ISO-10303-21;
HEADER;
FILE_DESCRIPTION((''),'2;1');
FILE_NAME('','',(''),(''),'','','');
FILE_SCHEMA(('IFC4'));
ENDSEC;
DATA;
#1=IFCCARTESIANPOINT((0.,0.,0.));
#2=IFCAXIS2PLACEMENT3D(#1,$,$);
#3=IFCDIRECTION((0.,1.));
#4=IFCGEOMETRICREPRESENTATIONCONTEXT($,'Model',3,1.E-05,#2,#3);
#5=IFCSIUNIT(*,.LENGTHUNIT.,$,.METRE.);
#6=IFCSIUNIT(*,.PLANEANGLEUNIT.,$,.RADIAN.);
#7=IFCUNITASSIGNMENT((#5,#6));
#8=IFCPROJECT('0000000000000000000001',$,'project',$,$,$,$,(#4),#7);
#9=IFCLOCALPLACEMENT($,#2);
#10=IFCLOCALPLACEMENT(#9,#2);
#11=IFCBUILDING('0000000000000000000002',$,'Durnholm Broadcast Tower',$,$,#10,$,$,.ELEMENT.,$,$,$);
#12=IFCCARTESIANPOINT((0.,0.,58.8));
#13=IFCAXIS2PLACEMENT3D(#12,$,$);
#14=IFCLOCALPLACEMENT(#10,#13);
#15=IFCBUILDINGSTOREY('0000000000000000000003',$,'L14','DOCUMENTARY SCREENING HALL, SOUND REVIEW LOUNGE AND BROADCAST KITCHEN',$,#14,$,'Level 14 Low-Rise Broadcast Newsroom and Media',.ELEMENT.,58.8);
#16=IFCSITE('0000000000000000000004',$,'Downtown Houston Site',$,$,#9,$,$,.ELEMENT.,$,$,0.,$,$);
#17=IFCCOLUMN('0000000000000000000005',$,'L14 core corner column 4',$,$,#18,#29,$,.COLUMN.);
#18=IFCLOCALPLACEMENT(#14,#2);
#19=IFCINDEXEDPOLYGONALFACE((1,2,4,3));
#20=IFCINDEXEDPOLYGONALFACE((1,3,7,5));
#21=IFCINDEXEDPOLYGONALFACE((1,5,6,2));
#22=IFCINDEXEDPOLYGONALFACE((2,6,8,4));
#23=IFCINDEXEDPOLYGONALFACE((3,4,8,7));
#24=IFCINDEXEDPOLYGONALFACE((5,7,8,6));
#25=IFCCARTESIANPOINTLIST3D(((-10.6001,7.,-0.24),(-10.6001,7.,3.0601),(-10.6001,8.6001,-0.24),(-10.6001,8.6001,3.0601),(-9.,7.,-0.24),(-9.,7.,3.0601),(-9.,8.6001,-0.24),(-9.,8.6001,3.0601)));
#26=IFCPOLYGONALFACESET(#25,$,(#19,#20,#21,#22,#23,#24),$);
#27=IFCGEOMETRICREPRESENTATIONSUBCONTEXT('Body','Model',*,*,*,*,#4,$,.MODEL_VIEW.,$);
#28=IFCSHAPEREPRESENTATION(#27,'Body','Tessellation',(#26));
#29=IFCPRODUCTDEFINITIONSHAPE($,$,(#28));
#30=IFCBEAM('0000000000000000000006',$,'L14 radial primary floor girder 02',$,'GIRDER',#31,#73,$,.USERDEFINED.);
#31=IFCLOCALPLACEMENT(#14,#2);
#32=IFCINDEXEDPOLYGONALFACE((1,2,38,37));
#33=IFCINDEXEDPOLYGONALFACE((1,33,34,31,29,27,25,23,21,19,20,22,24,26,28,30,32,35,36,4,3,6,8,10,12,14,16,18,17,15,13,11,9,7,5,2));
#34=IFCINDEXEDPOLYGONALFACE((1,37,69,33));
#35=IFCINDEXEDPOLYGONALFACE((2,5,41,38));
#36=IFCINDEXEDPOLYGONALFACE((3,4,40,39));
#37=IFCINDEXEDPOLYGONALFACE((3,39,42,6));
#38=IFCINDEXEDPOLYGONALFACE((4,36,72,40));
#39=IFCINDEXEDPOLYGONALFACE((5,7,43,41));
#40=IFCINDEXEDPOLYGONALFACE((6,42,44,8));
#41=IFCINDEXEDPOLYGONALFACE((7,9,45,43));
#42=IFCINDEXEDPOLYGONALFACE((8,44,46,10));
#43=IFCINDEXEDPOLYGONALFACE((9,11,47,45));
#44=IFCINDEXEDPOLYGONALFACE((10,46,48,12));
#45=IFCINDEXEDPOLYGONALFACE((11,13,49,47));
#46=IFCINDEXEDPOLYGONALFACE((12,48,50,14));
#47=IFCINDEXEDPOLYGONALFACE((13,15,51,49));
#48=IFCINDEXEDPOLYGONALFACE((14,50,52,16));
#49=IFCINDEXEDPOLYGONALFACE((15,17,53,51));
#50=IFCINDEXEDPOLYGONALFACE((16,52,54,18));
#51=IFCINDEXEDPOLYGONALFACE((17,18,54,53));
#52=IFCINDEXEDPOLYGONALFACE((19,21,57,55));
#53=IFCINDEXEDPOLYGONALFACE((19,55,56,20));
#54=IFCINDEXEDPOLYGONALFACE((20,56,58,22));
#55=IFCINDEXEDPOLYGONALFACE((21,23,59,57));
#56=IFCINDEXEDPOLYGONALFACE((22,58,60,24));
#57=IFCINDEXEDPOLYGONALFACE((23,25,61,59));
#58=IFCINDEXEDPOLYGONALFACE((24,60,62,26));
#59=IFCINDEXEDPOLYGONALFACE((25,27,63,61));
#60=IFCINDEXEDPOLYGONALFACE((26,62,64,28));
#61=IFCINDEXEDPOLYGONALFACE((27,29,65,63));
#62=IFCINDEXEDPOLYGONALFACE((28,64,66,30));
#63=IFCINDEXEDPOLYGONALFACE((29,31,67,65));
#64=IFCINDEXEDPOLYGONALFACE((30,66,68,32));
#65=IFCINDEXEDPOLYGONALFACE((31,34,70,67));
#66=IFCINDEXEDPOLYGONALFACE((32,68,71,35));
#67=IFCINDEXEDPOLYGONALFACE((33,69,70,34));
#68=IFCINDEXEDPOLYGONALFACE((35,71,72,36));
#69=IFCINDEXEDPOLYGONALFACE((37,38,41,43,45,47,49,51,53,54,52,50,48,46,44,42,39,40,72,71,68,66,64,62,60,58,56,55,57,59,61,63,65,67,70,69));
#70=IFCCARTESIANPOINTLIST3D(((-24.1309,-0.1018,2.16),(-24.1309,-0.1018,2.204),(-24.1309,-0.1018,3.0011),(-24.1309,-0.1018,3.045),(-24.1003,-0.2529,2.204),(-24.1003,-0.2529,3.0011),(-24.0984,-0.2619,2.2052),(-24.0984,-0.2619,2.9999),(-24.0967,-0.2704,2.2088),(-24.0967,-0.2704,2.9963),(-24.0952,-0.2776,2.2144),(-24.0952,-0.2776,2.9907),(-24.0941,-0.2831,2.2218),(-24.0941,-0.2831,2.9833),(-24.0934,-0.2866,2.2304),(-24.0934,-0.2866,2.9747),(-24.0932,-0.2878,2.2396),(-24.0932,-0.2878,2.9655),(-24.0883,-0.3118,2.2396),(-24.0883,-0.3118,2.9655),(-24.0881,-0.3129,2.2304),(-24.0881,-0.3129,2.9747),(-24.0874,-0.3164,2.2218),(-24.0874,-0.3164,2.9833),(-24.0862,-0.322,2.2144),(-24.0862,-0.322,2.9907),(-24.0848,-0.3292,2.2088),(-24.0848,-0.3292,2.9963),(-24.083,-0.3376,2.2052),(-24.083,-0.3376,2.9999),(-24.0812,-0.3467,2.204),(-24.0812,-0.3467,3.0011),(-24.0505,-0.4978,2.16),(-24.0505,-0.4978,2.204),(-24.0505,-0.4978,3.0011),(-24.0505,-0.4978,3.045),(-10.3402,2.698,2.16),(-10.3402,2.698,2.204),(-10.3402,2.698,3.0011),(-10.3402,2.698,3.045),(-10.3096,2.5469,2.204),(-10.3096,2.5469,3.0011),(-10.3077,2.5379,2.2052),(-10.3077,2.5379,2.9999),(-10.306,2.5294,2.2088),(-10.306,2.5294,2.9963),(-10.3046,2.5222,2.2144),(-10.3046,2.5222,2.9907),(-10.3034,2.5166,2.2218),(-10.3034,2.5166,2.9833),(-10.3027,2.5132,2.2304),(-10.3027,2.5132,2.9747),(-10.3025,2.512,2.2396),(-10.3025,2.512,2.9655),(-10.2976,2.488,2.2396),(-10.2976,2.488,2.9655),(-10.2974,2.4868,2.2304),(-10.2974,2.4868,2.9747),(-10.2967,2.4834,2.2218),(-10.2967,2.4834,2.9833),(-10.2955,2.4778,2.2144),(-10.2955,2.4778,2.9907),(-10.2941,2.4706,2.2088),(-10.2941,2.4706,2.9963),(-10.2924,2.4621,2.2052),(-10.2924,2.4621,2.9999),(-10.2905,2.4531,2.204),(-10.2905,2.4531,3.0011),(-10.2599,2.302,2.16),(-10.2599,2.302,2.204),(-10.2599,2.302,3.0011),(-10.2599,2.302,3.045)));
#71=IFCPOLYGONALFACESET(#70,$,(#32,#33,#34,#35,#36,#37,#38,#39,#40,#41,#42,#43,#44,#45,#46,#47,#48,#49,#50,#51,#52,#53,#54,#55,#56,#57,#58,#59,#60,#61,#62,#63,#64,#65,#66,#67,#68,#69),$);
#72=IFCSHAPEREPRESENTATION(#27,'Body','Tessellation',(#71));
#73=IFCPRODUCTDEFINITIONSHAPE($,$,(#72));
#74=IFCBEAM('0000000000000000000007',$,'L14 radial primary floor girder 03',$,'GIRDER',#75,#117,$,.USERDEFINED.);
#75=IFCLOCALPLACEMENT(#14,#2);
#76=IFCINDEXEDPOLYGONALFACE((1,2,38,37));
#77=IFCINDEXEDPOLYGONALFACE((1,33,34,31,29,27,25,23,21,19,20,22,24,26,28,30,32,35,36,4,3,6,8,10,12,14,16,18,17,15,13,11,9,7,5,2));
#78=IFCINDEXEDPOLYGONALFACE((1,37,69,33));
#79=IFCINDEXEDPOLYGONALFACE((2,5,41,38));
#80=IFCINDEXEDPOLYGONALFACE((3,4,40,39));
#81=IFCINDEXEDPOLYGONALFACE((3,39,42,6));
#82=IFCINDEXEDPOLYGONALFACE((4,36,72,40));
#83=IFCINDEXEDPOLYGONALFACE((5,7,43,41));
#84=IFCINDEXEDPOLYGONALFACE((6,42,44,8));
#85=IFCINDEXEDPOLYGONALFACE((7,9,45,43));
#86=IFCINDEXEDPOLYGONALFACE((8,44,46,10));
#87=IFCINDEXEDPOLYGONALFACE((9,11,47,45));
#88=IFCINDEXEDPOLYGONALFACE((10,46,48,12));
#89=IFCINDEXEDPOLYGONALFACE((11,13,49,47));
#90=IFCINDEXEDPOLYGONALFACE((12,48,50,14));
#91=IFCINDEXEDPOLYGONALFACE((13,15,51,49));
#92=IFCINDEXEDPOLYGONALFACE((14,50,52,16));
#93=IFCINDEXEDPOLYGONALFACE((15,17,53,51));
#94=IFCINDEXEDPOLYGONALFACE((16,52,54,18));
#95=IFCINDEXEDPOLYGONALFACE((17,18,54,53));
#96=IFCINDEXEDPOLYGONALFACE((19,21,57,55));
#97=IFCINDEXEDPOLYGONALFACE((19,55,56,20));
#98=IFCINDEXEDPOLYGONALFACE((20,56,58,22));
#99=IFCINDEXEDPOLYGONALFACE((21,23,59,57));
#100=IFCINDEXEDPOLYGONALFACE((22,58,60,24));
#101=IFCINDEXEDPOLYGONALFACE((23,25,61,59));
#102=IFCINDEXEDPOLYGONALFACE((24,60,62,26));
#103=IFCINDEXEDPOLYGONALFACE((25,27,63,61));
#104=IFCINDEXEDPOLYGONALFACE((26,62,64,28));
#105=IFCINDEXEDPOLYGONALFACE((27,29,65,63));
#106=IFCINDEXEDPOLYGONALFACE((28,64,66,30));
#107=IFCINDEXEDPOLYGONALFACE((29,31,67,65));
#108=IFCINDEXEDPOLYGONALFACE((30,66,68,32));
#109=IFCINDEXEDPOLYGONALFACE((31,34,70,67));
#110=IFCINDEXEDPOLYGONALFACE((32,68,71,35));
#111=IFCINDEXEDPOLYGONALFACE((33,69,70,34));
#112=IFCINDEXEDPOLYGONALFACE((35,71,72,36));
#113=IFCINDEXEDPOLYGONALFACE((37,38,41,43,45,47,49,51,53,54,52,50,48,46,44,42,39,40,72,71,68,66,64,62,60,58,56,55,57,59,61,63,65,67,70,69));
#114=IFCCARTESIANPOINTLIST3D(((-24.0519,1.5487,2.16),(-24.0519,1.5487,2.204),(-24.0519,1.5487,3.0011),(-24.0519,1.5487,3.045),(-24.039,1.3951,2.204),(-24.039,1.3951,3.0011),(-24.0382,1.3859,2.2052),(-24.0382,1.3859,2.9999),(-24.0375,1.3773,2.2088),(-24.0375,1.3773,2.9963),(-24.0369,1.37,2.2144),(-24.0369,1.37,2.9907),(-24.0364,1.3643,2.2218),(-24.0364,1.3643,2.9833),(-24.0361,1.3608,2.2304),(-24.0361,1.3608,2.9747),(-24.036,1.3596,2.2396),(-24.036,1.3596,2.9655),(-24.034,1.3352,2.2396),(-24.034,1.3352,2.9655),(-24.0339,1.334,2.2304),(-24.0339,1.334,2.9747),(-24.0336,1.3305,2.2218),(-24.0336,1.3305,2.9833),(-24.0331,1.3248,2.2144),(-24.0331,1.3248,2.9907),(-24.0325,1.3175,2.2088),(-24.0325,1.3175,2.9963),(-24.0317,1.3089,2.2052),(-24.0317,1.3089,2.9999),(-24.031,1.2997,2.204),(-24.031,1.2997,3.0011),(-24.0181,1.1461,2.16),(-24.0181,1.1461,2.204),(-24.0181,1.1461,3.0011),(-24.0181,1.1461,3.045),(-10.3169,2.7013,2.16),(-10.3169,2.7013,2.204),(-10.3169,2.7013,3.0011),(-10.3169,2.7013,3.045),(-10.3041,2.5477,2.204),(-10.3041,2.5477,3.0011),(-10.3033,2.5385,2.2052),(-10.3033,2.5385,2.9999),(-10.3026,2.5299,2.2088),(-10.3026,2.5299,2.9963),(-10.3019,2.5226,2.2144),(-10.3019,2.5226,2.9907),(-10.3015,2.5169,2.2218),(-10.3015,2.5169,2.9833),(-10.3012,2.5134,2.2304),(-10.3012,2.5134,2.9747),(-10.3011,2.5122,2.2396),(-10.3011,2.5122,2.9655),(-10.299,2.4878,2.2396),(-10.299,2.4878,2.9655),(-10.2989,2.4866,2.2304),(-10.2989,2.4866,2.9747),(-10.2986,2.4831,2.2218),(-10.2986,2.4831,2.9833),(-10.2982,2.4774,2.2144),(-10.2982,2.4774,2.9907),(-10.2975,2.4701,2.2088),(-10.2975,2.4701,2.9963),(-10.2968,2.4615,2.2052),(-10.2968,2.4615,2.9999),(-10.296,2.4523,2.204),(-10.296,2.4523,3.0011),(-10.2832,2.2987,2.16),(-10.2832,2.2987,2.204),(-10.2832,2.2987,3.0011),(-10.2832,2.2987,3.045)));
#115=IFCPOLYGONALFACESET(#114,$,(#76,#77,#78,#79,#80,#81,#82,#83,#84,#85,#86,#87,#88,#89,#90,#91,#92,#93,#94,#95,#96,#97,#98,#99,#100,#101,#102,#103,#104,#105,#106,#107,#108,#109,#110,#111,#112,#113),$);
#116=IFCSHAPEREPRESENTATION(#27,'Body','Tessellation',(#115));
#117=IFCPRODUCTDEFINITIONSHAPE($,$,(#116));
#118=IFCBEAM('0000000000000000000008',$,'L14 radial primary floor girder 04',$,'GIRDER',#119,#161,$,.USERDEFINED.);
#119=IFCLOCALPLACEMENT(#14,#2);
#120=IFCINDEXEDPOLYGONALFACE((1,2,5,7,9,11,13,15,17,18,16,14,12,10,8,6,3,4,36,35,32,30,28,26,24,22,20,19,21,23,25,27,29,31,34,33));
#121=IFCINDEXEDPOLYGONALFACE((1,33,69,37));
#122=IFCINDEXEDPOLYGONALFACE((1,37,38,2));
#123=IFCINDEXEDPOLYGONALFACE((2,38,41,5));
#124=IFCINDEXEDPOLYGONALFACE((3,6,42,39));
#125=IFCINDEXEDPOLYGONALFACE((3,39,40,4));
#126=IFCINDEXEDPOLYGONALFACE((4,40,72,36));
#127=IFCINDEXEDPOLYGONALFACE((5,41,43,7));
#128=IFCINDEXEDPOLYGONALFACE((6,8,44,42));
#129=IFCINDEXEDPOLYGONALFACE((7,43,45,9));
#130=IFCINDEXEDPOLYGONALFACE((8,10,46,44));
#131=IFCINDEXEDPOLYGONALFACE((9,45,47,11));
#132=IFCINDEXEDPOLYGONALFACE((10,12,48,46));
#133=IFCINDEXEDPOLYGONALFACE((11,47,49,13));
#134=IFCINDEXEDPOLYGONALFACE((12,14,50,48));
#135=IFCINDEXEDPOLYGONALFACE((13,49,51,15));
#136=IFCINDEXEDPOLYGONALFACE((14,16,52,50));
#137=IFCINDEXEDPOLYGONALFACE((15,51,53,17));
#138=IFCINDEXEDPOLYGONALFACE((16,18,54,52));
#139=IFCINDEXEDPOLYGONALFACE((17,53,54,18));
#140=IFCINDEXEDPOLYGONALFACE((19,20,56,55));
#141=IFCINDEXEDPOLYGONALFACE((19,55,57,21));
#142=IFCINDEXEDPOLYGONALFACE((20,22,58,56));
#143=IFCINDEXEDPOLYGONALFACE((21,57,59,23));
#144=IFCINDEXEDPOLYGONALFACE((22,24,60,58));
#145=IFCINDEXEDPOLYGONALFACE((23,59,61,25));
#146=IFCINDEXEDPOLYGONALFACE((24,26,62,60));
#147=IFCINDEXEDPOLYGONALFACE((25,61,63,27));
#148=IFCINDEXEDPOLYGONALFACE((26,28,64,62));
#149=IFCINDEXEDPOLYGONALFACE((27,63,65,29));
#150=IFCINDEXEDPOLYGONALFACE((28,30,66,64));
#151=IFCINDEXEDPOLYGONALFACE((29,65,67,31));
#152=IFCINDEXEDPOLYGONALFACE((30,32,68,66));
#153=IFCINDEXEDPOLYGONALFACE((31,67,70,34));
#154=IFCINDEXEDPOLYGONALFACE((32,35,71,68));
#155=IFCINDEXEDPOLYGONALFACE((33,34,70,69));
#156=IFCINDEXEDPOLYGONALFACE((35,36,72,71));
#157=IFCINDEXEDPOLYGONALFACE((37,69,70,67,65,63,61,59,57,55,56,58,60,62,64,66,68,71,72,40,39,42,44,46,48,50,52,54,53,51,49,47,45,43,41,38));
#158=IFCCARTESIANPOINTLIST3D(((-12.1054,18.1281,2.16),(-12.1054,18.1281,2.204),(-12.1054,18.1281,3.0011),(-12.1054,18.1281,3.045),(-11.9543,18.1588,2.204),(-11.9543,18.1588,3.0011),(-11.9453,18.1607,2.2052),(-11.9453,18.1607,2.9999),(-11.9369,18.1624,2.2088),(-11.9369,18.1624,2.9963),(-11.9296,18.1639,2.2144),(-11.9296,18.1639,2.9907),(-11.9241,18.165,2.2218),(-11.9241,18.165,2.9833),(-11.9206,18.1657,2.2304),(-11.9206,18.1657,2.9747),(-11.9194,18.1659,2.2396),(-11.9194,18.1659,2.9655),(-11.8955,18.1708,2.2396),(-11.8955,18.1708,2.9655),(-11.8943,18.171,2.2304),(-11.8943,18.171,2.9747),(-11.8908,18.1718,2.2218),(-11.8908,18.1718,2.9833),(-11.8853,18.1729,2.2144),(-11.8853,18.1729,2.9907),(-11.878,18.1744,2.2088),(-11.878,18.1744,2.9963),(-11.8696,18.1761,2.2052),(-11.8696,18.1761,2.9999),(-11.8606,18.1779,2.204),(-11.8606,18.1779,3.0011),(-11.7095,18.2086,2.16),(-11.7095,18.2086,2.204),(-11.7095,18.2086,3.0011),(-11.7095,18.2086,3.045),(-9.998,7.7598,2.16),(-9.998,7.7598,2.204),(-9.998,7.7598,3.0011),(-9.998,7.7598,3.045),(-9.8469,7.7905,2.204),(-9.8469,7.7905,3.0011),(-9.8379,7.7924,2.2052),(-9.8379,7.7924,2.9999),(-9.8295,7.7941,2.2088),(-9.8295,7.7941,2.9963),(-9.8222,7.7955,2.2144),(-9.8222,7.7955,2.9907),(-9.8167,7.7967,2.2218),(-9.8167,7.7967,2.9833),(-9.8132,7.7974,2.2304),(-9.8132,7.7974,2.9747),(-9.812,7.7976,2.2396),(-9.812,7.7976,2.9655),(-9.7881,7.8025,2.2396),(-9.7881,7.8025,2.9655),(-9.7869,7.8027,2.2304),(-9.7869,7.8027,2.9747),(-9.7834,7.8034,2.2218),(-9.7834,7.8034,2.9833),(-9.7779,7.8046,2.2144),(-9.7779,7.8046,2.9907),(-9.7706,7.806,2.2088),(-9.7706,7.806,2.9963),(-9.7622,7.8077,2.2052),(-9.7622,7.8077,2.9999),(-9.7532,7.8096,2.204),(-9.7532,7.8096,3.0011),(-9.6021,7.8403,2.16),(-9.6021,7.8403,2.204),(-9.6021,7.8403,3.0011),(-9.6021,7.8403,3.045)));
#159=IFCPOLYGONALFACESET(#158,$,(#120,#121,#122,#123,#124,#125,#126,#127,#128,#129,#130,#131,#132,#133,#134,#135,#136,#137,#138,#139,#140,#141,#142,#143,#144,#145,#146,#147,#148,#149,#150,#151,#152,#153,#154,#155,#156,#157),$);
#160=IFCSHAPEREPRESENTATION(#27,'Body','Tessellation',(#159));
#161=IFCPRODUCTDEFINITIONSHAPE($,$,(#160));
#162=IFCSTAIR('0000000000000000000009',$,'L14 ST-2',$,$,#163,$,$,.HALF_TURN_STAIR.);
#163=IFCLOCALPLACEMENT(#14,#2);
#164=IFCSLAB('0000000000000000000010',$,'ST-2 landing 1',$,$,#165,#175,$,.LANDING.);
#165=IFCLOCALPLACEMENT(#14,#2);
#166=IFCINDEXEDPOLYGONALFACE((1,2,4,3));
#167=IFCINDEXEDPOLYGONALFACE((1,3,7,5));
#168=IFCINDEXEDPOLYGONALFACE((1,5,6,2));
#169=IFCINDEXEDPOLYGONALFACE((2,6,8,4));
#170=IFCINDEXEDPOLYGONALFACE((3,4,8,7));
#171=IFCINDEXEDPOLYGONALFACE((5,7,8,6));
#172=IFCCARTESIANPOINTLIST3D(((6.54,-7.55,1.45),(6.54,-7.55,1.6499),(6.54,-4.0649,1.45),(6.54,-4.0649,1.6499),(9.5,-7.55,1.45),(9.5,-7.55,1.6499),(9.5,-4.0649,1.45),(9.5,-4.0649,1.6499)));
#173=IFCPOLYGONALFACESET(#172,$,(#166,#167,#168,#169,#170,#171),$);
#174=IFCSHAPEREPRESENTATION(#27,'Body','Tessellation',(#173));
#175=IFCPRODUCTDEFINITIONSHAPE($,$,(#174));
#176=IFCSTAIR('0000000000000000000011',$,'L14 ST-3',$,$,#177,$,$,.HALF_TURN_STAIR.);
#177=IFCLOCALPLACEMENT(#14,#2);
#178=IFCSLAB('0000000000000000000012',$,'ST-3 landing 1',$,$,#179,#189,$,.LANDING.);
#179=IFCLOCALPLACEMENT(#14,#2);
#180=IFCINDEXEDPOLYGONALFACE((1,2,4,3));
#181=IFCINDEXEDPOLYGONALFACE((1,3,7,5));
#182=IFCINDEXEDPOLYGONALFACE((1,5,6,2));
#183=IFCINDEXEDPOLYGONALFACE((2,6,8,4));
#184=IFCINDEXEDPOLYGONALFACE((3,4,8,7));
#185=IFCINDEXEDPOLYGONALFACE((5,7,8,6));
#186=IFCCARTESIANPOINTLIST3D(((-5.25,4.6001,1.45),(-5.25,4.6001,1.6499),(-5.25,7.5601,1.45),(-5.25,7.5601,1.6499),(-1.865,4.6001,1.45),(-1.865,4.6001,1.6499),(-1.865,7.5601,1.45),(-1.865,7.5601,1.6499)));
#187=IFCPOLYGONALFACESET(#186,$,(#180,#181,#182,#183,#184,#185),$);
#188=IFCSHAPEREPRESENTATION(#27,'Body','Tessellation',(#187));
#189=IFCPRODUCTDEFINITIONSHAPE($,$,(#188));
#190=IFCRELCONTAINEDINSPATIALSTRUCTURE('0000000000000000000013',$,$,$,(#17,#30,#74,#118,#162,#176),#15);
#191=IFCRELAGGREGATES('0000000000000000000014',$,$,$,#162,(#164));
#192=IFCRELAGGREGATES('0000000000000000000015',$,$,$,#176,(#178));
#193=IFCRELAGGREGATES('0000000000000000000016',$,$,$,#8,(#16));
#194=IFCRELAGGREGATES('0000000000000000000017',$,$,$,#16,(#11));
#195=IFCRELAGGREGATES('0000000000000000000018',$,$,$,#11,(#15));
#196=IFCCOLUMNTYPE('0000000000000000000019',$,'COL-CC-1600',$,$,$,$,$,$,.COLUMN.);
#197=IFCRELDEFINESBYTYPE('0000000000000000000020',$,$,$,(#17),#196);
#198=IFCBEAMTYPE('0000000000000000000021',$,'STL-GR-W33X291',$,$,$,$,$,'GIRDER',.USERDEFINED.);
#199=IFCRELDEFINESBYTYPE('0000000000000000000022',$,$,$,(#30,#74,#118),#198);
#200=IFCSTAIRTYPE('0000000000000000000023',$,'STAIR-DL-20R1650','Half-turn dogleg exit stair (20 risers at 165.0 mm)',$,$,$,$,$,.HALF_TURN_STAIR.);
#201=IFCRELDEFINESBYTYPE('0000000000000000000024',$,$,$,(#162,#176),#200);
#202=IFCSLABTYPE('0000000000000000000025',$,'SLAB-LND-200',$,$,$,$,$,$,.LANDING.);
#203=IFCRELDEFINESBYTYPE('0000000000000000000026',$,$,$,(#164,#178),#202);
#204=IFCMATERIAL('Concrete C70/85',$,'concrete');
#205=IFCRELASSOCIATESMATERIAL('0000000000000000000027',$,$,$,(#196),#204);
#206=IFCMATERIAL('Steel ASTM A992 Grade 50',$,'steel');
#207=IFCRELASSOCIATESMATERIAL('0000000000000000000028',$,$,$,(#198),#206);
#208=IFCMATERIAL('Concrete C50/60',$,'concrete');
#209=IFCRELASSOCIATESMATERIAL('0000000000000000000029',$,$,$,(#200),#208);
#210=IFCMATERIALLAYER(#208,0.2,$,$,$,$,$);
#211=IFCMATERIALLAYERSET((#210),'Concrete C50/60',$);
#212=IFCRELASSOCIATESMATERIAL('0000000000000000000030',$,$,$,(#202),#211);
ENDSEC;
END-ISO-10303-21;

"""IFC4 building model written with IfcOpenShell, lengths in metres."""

from ifc_helpers import new_model, si_unit, direction, frame, origin, origin_2d, place, context, subcontext, project, spatial, polyline, rectangle, i_section, outline, extrude, source, transform, mapped, material, layer, layer_set, material_profile, profile_set, type_object, type_shapes, element, aggregate, save


model = new_model("IFC4")

# Units and contexts
model_context = context("Model", 3, precision=1e-05, world=origin(), true_north=direction((0.0, 1.0)))
body_context = subcontext(model_context, "Body", "Model", "MODEL_VIEW")
ifc_project = project(units=[si_unit("LENGTHUNIT", "METRE"), si_unit("PLANEANGLEUNIT", "RADIAN")], contexts=[model_context])

# Site, building, storey
site_placement = place(None, origin())
site = spatial("IfcSite", under=ifc_project, at=site_placement, Name="Downtown Houston Site", CompositionType="ELEMENT", RefElevation=0.0)
building_placement = place(site_placement, origin())
building = spatial("IfcBuilding", under=site, at=building_placement, Name="Durnholm Broadcast Tower", CompositionType="ELEMENT")
storey_placement = place(building_placement, frame((0.0, 0.0, 58.8)))
storey = spatial("IfcBuildingStorey", under=building, at=storey_placement, Name="L14", Description="DOCUMENTARY SCREENING HALL, SOUND REVIEW LOUNGE AND BROADCAST KITCHEN", LongName="Level 14 Low-Rise Broadcast Newsroom and Media", CompositionType="ELEMENT", Elevation=58.8)

# Column
ifc_material_1 = material(Name="Concrete C70/85", Category="concrete")
ifc_material_profile_1 = material_profile(ifc_material_1, rectangle(XDim=1.6001, YDim=1.6001, at=origin_2d()), Name="RC1600X1600")
ifc_profile_set_1 = profile_set([ifc_material_profile_1], Name="Concrete C70/85")
column_type = type_object("IfcColumnType", Name="COL-CC-1600", PredefinedType="COLUMN", material=ifc_profile_set_1)
shared_shape_1 = source(origin(), body_context, "Body", "SweptSolid", [
    extrude(rectangle(XDim=1.6001, YDim=1.6001, at=origin_2d()), origin(), (0.0, 0.0, 1.0), 3.3),
])
type_shapes(column_type, [shared_shape_1])
column_placement = place(storey_placement, frame((-9.8, 7.8, -0.24), z_axis=(0.0, 0.0, 1.0), x_axis=(1.0, 0.0, 0.0)))
element("IfcColumn", 1, at=column_placement, inside=storey, type_object=column_type, Name="L14 core corner column 4", PredefinedType="COLUMN", context=body_context, shape_type="MappedRepresentation", body=[
    mapped(shared_shape_1, transform((0.0, 0.0, 0.0), x_axis=(1.0, 0.0, 0.0), y_axis=(0.0, 1.0, 0.0), z_axis=(0.0, 0.0, 1.0), scale=1.0)),
])

# Beams
ifc_material_2 = material(Name="Steel ASTM A992 Grade 50", Category="steel")
ifc_material_profile_2 = material_profile(ifc_material_2, i_section(OverallWidth=0.4041, OverallDepth=0.885, WebThickness=0.0244, FlangeThickness=0.0439, FilletRadius=0.0356, at=origin_2d()), Name="W33X291")
ifc_profile_set_2 = profile_set([ifc_material_profile_2], Name="Steel ASTM A992 Grade 50")
beam_type = type_object("IfcBeamType", Name="STL-GR-W33X291", ElementType="GIRDER", PredefinedType="USERDEFINED", material=ifc_profile_set_2)
shared_shape_2 = source(origin(), body_context, "Body", "SweptSolid", [
    extrude(i_section(OverallWidth=0.4041, OverallDepth=0.885, WebThickness=0.0244, FlangeThickness=0.0439, FilletRadius=0.0356, at=origin_2d()), origin(), (0.0, 0.0, 1.0), 14.072),
])
beam_1_placement = place(storey_placement, frame((-10.3, 2.5, 2.6025), z_axis=(-0.980007, -0.198961, 0.0), x_axis=(0.198961, -0.980007, 0.0)))
element("IfcBeam", 2, at=beam_1_placement, inside=storey, type_object=beam_type, Name="L14 radial primary floor girder 02", ObjectType="GIRDER", PredefinedType="USERDEFINED", context=body_context, shape_type="MappedRepresentation", body=[
    mapped(shared_shape_2, transform((0.0, 0.0, 0.0), x_axis=(1.0, 0.0, 0.0), y_axis=(0.0, 1.0, 0.0), z_axis=(0.0, 0.0, 1.0), scale=1.0)),
])
shared_shape_3 = source(origin(), body_context, "Body", "SweptSolid", [
    extrude(i_section(OverallWidth=0.4041, OverallDepth=0.885, WebThickness=0.0244, FlangeThickness=0.0439, FilletRadius=0.0356, at=origin_2d()), origin(), (0.0, 0.0, 1.0), 13.7832),
])
beam_2_placement = place(storey_placement, frame((-10.3, 2.5, 2.6025), z_axis=(-0.996497, -0.083623, 0.0), x_axis=(0.083623, -0.996497, 0.0)))
element("IfcBeam", 3, at=beam_2_placement, inside=storey, type_object=beam_type, Name="L14 radial primary floor girder 03", ObjectType="GIRDER", PredefinedType="USERDEFINED", context=body_context, shape_type="MappedRepresentation", body=[
    mapped(shared_shape_3, transform((0.0, 0.0, 0.0), x_axis=(1.0, 0.0, 0.0), y_axis=(0.0, 1.0, 0.0), z_axis=(0.0, 0.0, 1.0), scale=1.0)),
])
shared_shape_4 = source(origin(), body_context, "Body", "SweptSolid", [
    extrude(i_section(OverallWidth=0.4041, OverallDepth=0.885, WebThickness=0.0244, FlangeThickness=0.0439, FilletRadius=0.0356, at=origin_2d()), origin(), (0.0, 0.0, 1.0), 10.5803),
])
type_shapes(beam_type, [shared_shape_2, shared_shape_3, shared_shape_4])
beam_3_placement = place(storey_placement, frame((-9.8, 7.8, 2.6025), z_axis=(-0.199181, 0.979963, 0.0), x_axis=(-0.979963, -0.199181, 0.0)))
element("IfcBeam", 4, at=beam_3_placement, inside=storey, type_object=beam_type, Name="L14 radial primary floor girder 04", ObjectType="GIRDER", PredefinedType="USERDEFINED", context=body_context, shape_type="MappedRepresentation", body=[
    mapped(shared_shape_4, transform((0.0, 0.0, 0.0), x_axis=(1.0, 0.0, 0.0), y_axis=(0.0, 1.0, 0.0), z_axis=(0.0, 0.0, 1.0), scale=1.0)),
])

# Stairs, slabs
ifc_material_3 = material(Name="Concrete C50/60", Category="concrete")
stair_type = type_object("IfcStairType", Name="STAIR-DL-20R1650", Description="Half-turn dogleg exit stair (20 risers at 165.0 mm)", PredefinedType="HALF_TURN_STAIR", material=ifc_material_3)
stair_1_placement = place(storey_placement, origin())
stair_1 = element("IfcStair", 5, at=stair_1_placement, inside=storey, type_object=stair_type, Name="L14 ST-2", PredefinedType="HALF_TURN_STAIR")
ifc_layer_1 = layer(ifc_material_3, 0.2)
ifc_layer_set_1 = layer_set([ifc_layer_1], Name="Concrete C50/60")
slab_type = type_object("IfcSlabType", Name="SLAB-LND-200", PredefinedType="LANDING", material=ifc_layer_set_1)
slab_1_placement = place(storey_placement, frame((0.0, 0.0, 1.45)))
slab_1 = element("IfcSlab", 6, at=slab_1_placement, type_object=slab_type, Name="ST-2 landing 1", PredefinedType="LANDING", context=body_context, shape_type="SweptSolid", body=[
    extrude(outline(polyline([(6.54, -4.0649), (6.54, -7.55), (9.5, -7.55), (9.5, -4.0649), (6.54, -4.0649)])), origin(), (0.0, 0.0, 1.0), 0.2),
])
aggregate(stair_1, [slab_1])
stair_2_placement = place(storey_placement, origin())
stair_2 = element("IfcStair", 7, at=stair_2_placement, inside=storey, type_object=stair_type, Name="L14 ST-3", PredefinedType="HALF_TURN_STAIR")
slab_2_placement = place(storey_placement, frame((0.0, 0.0, 1.45)))
slab_2 = element("IfcSlab", 8, at=slab_2_placement, type_object=slab_type, Name="ST-3 landing 1", PredefinedType="LANDING", context=body_context, shape_type="SweptSolid", body=[
    extrude(outline(polyline([(-1.865, 7.5601), (-5.25, 7.5601), (-5.25, 4.6001), (-1.865, 4.6001), (-1.865, 7.5601)])), origin(), (0.0, 0.0, 1.0), 0.2),
])

aggregate(stair_2, [slab_2])

save(model, "model.ifc")
